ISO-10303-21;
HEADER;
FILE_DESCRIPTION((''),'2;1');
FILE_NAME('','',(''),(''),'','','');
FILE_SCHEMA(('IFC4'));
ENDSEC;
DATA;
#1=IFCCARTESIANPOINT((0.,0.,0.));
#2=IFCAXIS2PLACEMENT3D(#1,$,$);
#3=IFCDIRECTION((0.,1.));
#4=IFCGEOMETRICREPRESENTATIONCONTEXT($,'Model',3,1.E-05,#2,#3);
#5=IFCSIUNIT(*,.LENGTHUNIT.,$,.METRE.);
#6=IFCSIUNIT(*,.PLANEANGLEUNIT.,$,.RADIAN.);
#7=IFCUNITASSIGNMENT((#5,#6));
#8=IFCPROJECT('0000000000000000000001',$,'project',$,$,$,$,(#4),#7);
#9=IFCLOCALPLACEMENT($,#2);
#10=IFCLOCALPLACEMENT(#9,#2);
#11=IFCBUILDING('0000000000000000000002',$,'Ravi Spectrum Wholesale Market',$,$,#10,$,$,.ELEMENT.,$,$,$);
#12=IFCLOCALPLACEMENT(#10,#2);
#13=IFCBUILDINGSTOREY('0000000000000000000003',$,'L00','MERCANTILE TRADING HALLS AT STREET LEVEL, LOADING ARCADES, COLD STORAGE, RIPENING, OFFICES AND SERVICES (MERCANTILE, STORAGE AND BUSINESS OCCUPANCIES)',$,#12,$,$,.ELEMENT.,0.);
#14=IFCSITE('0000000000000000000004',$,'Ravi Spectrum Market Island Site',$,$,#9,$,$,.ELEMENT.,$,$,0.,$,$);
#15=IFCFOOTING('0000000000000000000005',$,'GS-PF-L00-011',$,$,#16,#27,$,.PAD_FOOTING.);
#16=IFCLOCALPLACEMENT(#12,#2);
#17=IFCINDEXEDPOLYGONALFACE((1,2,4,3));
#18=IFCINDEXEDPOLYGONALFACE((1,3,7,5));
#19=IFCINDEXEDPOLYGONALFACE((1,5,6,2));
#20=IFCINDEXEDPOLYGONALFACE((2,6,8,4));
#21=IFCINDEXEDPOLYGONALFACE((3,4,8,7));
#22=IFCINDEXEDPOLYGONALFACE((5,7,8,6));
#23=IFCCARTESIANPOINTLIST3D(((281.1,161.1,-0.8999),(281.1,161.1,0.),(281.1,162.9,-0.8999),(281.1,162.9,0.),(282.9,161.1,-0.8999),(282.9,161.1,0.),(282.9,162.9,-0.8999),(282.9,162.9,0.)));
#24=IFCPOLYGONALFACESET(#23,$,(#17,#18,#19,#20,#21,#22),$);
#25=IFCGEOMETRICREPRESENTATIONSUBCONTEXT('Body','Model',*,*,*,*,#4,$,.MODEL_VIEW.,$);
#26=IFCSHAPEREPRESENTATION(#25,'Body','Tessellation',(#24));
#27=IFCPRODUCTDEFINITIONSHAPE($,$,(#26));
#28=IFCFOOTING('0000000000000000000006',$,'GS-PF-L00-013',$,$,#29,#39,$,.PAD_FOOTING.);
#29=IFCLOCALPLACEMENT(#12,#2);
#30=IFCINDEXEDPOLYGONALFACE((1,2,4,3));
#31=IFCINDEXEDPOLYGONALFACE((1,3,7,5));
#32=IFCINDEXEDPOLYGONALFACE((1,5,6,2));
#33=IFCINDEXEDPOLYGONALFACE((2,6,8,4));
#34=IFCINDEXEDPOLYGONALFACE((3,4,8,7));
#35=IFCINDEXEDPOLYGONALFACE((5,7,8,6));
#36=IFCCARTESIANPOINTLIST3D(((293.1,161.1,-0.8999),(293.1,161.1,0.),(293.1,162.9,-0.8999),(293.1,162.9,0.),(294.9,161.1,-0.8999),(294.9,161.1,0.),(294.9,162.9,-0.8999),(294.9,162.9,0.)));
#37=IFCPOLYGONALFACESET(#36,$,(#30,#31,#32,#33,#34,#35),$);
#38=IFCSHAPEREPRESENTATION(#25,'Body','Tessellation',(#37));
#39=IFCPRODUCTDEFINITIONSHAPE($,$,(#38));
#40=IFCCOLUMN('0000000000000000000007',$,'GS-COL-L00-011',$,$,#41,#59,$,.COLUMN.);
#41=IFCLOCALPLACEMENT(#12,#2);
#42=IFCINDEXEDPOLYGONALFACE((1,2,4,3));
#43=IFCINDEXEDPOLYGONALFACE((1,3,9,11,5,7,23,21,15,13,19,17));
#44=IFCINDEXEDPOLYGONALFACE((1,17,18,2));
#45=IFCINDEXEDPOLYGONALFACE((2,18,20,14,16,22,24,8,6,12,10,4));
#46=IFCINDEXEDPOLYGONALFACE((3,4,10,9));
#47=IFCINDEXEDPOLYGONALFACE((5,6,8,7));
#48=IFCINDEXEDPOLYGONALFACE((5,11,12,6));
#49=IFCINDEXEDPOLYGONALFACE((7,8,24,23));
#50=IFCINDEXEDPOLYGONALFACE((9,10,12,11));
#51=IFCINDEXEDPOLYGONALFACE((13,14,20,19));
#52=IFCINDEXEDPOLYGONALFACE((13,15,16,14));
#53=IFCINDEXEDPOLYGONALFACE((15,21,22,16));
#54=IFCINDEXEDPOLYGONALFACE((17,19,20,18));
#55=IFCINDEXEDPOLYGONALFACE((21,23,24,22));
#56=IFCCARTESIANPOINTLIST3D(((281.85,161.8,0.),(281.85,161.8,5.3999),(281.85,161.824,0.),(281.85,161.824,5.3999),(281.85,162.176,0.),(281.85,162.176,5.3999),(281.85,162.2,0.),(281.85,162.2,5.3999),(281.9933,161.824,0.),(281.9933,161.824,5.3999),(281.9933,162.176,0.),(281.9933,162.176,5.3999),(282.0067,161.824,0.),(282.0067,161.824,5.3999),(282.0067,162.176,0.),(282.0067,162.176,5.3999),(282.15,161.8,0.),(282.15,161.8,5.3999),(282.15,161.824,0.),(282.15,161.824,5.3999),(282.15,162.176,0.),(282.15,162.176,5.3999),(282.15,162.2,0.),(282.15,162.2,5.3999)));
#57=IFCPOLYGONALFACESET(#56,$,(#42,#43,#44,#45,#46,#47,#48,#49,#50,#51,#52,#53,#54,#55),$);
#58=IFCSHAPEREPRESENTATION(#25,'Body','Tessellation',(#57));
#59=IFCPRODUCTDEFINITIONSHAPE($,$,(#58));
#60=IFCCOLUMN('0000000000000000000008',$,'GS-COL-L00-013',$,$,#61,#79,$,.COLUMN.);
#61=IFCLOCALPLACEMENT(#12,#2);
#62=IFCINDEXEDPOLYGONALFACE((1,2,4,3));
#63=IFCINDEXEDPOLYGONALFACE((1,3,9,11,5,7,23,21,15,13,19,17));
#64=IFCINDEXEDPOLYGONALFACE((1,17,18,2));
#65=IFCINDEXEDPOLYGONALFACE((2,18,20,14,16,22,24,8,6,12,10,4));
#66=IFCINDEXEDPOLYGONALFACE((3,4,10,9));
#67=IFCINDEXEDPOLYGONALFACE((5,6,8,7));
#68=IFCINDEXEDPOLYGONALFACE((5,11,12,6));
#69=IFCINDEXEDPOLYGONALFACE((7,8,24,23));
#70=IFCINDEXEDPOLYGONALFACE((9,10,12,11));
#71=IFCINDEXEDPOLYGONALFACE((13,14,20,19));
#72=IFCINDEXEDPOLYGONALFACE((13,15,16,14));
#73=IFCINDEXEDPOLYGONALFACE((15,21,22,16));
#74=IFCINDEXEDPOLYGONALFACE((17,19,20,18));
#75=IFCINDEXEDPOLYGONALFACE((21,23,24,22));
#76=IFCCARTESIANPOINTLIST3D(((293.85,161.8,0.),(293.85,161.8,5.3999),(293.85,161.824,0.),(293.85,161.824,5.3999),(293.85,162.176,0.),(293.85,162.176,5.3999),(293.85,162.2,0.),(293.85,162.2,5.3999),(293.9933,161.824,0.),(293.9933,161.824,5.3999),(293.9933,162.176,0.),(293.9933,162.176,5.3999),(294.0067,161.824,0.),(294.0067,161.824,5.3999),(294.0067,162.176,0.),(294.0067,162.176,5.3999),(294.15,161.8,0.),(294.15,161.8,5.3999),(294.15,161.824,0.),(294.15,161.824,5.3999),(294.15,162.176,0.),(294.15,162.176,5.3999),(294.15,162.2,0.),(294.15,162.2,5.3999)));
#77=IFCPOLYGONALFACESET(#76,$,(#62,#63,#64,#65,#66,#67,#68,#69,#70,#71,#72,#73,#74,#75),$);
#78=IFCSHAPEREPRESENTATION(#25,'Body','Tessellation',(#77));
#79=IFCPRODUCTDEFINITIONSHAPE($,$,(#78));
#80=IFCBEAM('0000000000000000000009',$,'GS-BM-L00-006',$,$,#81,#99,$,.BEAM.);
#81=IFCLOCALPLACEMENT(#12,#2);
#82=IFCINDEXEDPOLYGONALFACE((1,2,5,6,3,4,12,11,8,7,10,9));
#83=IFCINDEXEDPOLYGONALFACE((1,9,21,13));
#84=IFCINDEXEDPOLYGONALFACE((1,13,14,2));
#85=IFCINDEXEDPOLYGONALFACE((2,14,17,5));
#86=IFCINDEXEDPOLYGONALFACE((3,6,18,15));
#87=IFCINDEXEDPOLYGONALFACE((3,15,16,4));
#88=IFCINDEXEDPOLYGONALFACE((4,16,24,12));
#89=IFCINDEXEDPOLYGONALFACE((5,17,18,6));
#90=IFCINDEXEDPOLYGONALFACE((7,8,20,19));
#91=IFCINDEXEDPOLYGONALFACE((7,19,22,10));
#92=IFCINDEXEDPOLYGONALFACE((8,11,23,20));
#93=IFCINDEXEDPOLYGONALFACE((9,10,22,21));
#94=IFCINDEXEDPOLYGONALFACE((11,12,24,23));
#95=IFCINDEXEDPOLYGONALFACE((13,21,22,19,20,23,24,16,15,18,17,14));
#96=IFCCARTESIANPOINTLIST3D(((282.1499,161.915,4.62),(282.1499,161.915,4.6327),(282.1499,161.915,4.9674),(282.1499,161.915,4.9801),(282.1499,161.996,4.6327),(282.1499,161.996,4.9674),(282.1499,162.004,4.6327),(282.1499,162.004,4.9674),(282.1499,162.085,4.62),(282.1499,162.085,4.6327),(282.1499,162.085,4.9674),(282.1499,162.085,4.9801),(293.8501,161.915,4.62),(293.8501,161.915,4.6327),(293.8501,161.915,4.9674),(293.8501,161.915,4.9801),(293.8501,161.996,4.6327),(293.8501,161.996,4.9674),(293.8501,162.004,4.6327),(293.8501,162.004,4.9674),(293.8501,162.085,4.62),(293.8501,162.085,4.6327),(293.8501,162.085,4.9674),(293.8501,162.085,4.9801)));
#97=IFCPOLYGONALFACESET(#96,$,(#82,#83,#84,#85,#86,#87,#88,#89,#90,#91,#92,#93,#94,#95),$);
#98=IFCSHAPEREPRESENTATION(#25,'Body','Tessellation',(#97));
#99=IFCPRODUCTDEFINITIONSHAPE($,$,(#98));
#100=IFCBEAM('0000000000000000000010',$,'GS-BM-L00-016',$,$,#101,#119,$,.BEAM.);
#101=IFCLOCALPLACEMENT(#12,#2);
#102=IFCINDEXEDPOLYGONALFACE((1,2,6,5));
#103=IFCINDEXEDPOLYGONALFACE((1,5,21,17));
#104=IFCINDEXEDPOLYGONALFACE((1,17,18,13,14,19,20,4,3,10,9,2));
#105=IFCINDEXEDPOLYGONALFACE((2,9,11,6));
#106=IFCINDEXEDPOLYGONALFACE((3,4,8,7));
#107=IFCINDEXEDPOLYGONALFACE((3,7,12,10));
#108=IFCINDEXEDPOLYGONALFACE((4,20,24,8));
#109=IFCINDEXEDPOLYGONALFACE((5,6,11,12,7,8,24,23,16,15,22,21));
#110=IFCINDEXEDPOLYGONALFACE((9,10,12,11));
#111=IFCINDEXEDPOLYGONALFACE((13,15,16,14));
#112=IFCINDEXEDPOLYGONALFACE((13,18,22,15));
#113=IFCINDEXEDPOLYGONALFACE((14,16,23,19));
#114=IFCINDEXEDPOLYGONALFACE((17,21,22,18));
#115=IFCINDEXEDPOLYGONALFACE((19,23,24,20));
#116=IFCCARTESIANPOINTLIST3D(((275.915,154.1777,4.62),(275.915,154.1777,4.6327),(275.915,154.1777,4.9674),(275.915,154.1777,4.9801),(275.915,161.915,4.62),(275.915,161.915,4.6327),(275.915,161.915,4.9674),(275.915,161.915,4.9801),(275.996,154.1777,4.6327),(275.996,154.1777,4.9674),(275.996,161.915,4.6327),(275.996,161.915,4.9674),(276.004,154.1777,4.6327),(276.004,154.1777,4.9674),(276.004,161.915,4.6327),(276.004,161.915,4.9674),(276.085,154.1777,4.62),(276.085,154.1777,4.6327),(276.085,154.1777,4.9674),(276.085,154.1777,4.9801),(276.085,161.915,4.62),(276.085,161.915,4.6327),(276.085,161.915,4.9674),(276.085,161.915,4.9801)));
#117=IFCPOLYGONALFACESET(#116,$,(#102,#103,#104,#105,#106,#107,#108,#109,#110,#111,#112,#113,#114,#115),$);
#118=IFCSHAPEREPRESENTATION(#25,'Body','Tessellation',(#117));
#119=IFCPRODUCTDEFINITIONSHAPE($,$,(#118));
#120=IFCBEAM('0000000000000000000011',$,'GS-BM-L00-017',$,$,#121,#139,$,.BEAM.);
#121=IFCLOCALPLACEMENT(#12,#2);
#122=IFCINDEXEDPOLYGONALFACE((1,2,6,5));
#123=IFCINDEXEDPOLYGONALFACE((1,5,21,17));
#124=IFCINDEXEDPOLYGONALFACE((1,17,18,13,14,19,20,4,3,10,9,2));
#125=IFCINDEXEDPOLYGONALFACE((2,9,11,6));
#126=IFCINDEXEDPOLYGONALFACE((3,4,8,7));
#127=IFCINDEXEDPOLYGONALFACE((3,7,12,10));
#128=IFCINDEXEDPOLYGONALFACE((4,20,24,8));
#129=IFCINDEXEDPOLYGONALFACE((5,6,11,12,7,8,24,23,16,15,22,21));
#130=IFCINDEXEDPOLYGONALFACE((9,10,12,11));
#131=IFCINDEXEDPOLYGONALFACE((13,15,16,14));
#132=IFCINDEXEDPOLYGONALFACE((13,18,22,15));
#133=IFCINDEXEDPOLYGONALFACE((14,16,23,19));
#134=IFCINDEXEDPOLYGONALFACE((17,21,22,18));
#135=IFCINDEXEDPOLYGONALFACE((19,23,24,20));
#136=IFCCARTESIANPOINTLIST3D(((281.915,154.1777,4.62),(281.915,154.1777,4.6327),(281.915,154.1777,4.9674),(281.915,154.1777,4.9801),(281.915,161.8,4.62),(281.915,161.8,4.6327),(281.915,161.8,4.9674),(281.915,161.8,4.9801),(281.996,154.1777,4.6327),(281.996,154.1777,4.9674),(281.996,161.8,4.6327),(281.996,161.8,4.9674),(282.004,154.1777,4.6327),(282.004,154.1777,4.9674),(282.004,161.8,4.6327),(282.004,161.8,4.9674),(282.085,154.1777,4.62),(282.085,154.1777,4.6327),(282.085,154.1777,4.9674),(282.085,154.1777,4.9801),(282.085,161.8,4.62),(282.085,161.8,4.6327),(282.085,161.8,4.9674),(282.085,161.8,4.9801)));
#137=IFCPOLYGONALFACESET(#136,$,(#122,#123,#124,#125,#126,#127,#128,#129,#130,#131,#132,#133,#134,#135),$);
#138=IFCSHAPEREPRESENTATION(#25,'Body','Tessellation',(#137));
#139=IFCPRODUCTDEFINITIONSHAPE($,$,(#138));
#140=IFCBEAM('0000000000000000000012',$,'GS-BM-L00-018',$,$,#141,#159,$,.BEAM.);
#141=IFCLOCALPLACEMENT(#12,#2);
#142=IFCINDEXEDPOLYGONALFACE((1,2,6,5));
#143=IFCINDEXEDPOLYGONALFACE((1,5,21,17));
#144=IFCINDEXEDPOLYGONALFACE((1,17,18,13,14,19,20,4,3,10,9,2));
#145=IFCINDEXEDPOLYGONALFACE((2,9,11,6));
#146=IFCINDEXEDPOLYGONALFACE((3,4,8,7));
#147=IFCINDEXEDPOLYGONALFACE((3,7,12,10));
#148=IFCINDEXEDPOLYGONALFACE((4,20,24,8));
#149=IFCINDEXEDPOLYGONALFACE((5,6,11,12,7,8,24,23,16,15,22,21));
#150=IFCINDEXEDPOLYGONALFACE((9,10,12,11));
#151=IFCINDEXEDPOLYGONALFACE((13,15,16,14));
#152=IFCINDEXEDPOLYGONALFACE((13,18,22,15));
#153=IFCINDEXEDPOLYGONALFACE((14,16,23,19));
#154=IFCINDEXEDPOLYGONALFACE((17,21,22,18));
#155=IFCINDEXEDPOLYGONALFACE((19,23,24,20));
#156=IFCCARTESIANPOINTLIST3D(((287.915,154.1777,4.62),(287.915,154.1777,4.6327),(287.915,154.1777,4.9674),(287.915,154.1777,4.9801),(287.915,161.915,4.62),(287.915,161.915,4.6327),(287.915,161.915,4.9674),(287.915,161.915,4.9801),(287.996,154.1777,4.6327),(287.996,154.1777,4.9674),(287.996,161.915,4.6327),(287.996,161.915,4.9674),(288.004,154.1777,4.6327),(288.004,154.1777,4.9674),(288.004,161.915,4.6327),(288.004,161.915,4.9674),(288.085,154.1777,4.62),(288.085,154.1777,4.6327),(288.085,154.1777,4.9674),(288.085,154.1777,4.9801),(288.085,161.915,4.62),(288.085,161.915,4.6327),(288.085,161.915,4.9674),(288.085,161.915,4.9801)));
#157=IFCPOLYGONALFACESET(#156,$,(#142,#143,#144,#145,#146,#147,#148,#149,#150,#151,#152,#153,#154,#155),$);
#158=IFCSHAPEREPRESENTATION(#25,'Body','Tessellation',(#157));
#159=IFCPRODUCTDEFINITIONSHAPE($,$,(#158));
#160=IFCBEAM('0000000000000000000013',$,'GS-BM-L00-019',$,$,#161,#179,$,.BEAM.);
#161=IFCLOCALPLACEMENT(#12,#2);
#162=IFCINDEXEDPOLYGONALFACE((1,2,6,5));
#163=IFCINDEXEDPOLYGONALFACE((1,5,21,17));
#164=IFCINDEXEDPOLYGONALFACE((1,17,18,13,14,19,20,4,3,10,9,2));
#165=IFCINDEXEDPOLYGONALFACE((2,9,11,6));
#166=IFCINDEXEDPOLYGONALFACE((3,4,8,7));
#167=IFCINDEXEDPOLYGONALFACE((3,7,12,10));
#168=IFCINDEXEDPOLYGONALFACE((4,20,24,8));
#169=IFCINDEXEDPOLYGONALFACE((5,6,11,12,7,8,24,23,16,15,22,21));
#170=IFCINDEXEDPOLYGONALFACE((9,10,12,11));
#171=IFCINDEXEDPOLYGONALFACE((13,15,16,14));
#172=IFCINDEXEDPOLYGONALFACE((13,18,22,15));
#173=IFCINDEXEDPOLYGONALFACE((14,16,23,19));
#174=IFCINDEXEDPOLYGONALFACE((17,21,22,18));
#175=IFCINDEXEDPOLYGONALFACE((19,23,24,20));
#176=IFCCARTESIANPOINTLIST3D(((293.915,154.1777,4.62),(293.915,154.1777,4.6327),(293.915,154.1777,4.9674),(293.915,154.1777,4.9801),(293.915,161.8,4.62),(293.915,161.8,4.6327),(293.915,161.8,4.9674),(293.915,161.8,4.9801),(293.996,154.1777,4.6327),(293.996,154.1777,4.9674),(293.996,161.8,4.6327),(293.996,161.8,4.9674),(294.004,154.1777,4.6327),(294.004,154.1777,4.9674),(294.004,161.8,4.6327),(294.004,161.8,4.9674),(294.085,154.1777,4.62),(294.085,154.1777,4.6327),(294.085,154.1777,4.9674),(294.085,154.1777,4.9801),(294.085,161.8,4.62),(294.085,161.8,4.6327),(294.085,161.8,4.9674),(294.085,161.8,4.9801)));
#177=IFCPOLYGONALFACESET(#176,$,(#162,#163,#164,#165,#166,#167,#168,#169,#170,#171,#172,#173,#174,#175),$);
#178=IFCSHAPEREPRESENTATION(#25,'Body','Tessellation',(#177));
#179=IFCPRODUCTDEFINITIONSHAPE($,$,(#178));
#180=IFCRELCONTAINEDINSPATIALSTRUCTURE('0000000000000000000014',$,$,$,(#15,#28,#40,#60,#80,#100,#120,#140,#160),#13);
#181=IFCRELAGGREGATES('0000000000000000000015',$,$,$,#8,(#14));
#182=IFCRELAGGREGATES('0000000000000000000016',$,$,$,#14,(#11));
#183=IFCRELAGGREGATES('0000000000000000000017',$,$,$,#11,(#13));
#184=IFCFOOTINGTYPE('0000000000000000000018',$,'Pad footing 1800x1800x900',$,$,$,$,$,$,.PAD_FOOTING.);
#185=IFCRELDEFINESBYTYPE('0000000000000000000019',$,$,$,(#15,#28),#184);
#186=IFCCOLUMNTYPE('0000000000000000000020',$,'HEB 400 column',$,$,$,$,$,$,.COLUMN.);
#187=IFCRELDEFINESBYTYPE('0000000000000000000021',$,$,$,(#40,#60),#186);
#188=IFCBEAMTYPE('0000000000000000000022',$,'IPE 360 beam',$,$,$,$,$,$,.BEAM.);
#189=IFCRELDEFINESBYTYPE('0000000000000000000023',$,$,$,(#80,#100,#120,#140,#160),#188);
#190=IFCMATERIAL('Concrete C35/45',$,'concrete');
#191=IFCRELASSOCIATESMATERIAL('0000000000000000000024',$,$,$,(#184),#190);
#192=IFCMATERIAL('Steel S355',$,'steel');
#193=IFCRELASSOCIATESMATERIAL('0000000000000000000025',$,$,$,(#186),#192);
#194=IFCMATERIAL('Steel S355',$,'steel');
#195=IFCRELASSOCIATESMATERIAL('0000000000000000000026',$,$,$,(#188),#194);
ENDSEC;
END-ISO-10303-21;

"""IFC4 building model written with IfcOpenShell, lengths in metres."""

from ifc_helpers import new_model, si_unit, direction, frame, origin, origin_2d, place, context, subcontext, project, spatial, rectangle, i_section, extrude, material, material_profile, profile_set, type_object, element, save


model = new_model("IFC4")

# Units and contexts
model_context = context("Model", 3, precision=1e-05, world=origin(), true_north=direction((0.0, 1.0)))
body_context = subcontext(model_context, "Body", "Model", "MODEL_VIEW")
ifc_project = project(units=[si_unit("LENGTHUNIT", "METRE"), si_unit("PLANEANGLEUNIT", "RADIAN")], contexts=[model_context])

# Site, building, storey
site_placement = place(None, origin())
site = spatial("IfcSite", under=ifc_project, at=site_placement, Name="Ravi Spectrum Market Island Site", CompositionType="ELEMENT", RefElevation=0.0)
building_placement = place(site_placement, origin())
building = spatial("IfcBuilding", under=site, at=building_placement, Name="Ravi Spectrum Wholesale Market", CompositionType="ELEMENT")
storey_placement = place(building_placement, origin())
storey = spatial("IfcBuildingStorey", under=building, at=storey_placement, Name="L00", Description="MERCANTILE TRADING HALLS AT STREET LEVEL, LOADING ARCADES, COLD STORAGE, RIPENING, OFFICES AND SERVICES (MERCANTILE, STORAGE AND BUSINESS OCCUPANCIES)", CompositionType="ELEMENT", Elevation=0.0)

# Footings
ifc_material_1 = material(Name="Concrete C35/45", Category="concrete")
footing_type = type_object("IfcFootingType", Name="Pad footing 1800x1800x900", PredefinedType="PAD_FOOTING", material=ifc_material_1)
for number, where, z_axis, x_axis, name in (
    (1, (282.0, 162.0, -0.8999), (0.0, 0.0, 1.0), (1.0, 0.0, 0.0), "GS-PF-L00-011"),
    (2, (294.0, 162.0, -0.8999), (0.0, 0.0, 1.0), (1.0, 0.0, 0.0), "GS-PF-L00-013"),
):
    element("IfcFooting", number, at=place(storey_placement, frame(where, z_axis=z_axis, x_axis=x_axis)), inside=storey, type_object=footing_type, Name=name, PredefinedType="PAD_FOOTING", context=body_context, shape_type="SweptSolid", body=[
        extrude(rectangle(XDim=1.8, YDim=1.8, at=origin_2d()), origin(), (0.0, 0.0, 1.0), 0.8999),
    ])

# Columns
ifc_material_2 = material(Name="Steel S355", Category="steel")
ifc_material_profile_1 = material_profile(ifc_material_2, i_section(OverallWidth=0.3, OverallDepth=0.3999, WebThickness=0.0134, FlangeThickness=0.0239, at=origin_2d()))
ifc_profile_set_1 = profile_set([ifc_material_profile_1], Name="Steel S355")
column_type = type_object("IfcColumnType", Name="HEB 400 column", PredefinedType="COLUMN", material=ifc_profile_set_1)
for number, where, z_axis, x_axis, name in (
    (3, (282.0, 162.0, 0.0), (0.0, 0.0, 1.0), (1.0, 0.0, 0.0), "GS-COL-L00-011"),
    (4, (294.0, 162.0, 0.0), (0.0, 0.0, 1.0), (1.0, 0.0, 0.0), "GS-COL-L00-013"),
):
    element("IfcColumn", number, at=place(storey_placement, frame(where, z_axis=z_axis, x_axis=x_axis)), inside=storey, type_object=column_type, Name=name, PredefinedType="COLUMN", context=body_context, shape_type="SweptSolid", body=[
        extrude(i_section(OverallWidth=0.3, OverallDepth=0.3999, WebThickness=0.0134, FlangeThickness=0.0239, at=origin_2d()), origin(), (0.0, 0.0, 1.0), 5.3999),
    ])

# Beams
ifc_material_3 = material(Name="Steel S355", Category="steel")
ifc_material_profile_2 = material_profile(ifc_material_3, i_section(OverallWidth=0.1699, OverallDepth=0.3601, WebThickness=0.0081, FlangeThickness=0.0127, at=origin_2d()))
ifc_profile_set_2 = profile_set([ifc_material_profile_2], Name="Steel S355")
beam_type = type_object("IfcBeamType", Name="IPE 360 beam", PredefinedType="BEAM", material=ifc_profile_set_2)
beam_1_placement = place(storey_placement, frame((282.1499, 162.0, 4.8), z_axis=(1.0, 0.0, 0.0), x_axis=(0.0, 1.0, 0.0)))
element("IfcBeam", 5, at=beam_1_placement, inside=storey, type_object=beam_type, Name="GS-BM-L00-006", PredefinedType="BEAM", context=body_context, shape_type="SweptSolid", body=[
    extrude(i_section(OverallWidth=0.1699, OverallDepth=0.3601, WebThickness=0.0081, FlangeThickness=0.0127, at=origin_2d()), origin(), (0.0, 0.0, 1.0), 11.7002),
])
beam_2_placement = place(storey_placement, frame((276.0, 161.915, 4.8), z_axis=(0.0, -1.0, 0.0), x_axis=(1.0, 0.0, 0.0)))
element("IfcBeam", 6, at=beam_2_placement, inside=storey, type_object=beam_type, Name="GS-BM-L00-016", PredefinedType="BEAM", context=body_context, shape_type="SweptSolid", body=[
    extrude(i_section(OverallWidth=0.1699, OverallDepth=0.3601, WebThickness=0.0081, FlangeThickness=0.0127, at=origin_2d()), origin(), (0.0, 0.0, 1.0), 7.7373),
])
beam_3_placement = place(storey_placement, frame((282.0, 161.8, 4.8), z_axis=(0.0, -1.0, 0.0), x_axis=(1.0, 0.0, 0.0)))
element("IfcBeam", 7, at=beam_3_placement, inside=storey, type_object=beam_type, Name="GS-BM-L00-017", PredefinedType="BEAM", context=body_context, shape_type="SweptSolid", body=[
    extrude(i_section(OverallWidth=0.1699, OverallDepth=0.3601, WebThickness=0.0081, FlangeThickness=0.0127, at=origin_2d()), origin(), (0.0, 0.0, 1.0), 7.6223),
])
beam_4_placement = place(storey_placement, frame((288.0, 161.915, 4.8), z_axis=(0.0, -1.0, 0.0), x_axis=(1.0, 0.0, 0.0)))
element("IfcBeam", 8, at=beam_4_placement, inside=storey, type_object=beam_type, Name="GS-BM-L00-018", PredefinedType="BEAM", context=body_context, shape_type="SweptSolid", body=[
    extrude(i_section(OverallWidth=0.1699, OverallDepth=0.3601, WebThickness=0.0081, FlangeThickness=0.0127, at=origin_2d()), origin(), (0.0, 0.0, 1.0), 7.7373),
])
beam_5_placement = place(storey_placement, frame((294.0, 161.8, 4.8), z_axis=(0.0, -1.0, 0.0), x_axis=(1.0, 0.0, 0.0)))
element("IfcBeam", 9, at=beam_5_placement, inside=storey, type_object=beam_type, Name="GS-BM-L00-019", PredefinedType="BEAM", context=body_context, shape_type="SweptSolid", body=[
    extrude(i_section(OverallWidth=0.1699, OverallDepth=0.3601, WebThickness=0.0081, FlangeThickness=0.0127, at=origin_2d()), origin(), (0.0, 0.0, 1.0), 7.6223),
])

save(model, "model.ifc")
